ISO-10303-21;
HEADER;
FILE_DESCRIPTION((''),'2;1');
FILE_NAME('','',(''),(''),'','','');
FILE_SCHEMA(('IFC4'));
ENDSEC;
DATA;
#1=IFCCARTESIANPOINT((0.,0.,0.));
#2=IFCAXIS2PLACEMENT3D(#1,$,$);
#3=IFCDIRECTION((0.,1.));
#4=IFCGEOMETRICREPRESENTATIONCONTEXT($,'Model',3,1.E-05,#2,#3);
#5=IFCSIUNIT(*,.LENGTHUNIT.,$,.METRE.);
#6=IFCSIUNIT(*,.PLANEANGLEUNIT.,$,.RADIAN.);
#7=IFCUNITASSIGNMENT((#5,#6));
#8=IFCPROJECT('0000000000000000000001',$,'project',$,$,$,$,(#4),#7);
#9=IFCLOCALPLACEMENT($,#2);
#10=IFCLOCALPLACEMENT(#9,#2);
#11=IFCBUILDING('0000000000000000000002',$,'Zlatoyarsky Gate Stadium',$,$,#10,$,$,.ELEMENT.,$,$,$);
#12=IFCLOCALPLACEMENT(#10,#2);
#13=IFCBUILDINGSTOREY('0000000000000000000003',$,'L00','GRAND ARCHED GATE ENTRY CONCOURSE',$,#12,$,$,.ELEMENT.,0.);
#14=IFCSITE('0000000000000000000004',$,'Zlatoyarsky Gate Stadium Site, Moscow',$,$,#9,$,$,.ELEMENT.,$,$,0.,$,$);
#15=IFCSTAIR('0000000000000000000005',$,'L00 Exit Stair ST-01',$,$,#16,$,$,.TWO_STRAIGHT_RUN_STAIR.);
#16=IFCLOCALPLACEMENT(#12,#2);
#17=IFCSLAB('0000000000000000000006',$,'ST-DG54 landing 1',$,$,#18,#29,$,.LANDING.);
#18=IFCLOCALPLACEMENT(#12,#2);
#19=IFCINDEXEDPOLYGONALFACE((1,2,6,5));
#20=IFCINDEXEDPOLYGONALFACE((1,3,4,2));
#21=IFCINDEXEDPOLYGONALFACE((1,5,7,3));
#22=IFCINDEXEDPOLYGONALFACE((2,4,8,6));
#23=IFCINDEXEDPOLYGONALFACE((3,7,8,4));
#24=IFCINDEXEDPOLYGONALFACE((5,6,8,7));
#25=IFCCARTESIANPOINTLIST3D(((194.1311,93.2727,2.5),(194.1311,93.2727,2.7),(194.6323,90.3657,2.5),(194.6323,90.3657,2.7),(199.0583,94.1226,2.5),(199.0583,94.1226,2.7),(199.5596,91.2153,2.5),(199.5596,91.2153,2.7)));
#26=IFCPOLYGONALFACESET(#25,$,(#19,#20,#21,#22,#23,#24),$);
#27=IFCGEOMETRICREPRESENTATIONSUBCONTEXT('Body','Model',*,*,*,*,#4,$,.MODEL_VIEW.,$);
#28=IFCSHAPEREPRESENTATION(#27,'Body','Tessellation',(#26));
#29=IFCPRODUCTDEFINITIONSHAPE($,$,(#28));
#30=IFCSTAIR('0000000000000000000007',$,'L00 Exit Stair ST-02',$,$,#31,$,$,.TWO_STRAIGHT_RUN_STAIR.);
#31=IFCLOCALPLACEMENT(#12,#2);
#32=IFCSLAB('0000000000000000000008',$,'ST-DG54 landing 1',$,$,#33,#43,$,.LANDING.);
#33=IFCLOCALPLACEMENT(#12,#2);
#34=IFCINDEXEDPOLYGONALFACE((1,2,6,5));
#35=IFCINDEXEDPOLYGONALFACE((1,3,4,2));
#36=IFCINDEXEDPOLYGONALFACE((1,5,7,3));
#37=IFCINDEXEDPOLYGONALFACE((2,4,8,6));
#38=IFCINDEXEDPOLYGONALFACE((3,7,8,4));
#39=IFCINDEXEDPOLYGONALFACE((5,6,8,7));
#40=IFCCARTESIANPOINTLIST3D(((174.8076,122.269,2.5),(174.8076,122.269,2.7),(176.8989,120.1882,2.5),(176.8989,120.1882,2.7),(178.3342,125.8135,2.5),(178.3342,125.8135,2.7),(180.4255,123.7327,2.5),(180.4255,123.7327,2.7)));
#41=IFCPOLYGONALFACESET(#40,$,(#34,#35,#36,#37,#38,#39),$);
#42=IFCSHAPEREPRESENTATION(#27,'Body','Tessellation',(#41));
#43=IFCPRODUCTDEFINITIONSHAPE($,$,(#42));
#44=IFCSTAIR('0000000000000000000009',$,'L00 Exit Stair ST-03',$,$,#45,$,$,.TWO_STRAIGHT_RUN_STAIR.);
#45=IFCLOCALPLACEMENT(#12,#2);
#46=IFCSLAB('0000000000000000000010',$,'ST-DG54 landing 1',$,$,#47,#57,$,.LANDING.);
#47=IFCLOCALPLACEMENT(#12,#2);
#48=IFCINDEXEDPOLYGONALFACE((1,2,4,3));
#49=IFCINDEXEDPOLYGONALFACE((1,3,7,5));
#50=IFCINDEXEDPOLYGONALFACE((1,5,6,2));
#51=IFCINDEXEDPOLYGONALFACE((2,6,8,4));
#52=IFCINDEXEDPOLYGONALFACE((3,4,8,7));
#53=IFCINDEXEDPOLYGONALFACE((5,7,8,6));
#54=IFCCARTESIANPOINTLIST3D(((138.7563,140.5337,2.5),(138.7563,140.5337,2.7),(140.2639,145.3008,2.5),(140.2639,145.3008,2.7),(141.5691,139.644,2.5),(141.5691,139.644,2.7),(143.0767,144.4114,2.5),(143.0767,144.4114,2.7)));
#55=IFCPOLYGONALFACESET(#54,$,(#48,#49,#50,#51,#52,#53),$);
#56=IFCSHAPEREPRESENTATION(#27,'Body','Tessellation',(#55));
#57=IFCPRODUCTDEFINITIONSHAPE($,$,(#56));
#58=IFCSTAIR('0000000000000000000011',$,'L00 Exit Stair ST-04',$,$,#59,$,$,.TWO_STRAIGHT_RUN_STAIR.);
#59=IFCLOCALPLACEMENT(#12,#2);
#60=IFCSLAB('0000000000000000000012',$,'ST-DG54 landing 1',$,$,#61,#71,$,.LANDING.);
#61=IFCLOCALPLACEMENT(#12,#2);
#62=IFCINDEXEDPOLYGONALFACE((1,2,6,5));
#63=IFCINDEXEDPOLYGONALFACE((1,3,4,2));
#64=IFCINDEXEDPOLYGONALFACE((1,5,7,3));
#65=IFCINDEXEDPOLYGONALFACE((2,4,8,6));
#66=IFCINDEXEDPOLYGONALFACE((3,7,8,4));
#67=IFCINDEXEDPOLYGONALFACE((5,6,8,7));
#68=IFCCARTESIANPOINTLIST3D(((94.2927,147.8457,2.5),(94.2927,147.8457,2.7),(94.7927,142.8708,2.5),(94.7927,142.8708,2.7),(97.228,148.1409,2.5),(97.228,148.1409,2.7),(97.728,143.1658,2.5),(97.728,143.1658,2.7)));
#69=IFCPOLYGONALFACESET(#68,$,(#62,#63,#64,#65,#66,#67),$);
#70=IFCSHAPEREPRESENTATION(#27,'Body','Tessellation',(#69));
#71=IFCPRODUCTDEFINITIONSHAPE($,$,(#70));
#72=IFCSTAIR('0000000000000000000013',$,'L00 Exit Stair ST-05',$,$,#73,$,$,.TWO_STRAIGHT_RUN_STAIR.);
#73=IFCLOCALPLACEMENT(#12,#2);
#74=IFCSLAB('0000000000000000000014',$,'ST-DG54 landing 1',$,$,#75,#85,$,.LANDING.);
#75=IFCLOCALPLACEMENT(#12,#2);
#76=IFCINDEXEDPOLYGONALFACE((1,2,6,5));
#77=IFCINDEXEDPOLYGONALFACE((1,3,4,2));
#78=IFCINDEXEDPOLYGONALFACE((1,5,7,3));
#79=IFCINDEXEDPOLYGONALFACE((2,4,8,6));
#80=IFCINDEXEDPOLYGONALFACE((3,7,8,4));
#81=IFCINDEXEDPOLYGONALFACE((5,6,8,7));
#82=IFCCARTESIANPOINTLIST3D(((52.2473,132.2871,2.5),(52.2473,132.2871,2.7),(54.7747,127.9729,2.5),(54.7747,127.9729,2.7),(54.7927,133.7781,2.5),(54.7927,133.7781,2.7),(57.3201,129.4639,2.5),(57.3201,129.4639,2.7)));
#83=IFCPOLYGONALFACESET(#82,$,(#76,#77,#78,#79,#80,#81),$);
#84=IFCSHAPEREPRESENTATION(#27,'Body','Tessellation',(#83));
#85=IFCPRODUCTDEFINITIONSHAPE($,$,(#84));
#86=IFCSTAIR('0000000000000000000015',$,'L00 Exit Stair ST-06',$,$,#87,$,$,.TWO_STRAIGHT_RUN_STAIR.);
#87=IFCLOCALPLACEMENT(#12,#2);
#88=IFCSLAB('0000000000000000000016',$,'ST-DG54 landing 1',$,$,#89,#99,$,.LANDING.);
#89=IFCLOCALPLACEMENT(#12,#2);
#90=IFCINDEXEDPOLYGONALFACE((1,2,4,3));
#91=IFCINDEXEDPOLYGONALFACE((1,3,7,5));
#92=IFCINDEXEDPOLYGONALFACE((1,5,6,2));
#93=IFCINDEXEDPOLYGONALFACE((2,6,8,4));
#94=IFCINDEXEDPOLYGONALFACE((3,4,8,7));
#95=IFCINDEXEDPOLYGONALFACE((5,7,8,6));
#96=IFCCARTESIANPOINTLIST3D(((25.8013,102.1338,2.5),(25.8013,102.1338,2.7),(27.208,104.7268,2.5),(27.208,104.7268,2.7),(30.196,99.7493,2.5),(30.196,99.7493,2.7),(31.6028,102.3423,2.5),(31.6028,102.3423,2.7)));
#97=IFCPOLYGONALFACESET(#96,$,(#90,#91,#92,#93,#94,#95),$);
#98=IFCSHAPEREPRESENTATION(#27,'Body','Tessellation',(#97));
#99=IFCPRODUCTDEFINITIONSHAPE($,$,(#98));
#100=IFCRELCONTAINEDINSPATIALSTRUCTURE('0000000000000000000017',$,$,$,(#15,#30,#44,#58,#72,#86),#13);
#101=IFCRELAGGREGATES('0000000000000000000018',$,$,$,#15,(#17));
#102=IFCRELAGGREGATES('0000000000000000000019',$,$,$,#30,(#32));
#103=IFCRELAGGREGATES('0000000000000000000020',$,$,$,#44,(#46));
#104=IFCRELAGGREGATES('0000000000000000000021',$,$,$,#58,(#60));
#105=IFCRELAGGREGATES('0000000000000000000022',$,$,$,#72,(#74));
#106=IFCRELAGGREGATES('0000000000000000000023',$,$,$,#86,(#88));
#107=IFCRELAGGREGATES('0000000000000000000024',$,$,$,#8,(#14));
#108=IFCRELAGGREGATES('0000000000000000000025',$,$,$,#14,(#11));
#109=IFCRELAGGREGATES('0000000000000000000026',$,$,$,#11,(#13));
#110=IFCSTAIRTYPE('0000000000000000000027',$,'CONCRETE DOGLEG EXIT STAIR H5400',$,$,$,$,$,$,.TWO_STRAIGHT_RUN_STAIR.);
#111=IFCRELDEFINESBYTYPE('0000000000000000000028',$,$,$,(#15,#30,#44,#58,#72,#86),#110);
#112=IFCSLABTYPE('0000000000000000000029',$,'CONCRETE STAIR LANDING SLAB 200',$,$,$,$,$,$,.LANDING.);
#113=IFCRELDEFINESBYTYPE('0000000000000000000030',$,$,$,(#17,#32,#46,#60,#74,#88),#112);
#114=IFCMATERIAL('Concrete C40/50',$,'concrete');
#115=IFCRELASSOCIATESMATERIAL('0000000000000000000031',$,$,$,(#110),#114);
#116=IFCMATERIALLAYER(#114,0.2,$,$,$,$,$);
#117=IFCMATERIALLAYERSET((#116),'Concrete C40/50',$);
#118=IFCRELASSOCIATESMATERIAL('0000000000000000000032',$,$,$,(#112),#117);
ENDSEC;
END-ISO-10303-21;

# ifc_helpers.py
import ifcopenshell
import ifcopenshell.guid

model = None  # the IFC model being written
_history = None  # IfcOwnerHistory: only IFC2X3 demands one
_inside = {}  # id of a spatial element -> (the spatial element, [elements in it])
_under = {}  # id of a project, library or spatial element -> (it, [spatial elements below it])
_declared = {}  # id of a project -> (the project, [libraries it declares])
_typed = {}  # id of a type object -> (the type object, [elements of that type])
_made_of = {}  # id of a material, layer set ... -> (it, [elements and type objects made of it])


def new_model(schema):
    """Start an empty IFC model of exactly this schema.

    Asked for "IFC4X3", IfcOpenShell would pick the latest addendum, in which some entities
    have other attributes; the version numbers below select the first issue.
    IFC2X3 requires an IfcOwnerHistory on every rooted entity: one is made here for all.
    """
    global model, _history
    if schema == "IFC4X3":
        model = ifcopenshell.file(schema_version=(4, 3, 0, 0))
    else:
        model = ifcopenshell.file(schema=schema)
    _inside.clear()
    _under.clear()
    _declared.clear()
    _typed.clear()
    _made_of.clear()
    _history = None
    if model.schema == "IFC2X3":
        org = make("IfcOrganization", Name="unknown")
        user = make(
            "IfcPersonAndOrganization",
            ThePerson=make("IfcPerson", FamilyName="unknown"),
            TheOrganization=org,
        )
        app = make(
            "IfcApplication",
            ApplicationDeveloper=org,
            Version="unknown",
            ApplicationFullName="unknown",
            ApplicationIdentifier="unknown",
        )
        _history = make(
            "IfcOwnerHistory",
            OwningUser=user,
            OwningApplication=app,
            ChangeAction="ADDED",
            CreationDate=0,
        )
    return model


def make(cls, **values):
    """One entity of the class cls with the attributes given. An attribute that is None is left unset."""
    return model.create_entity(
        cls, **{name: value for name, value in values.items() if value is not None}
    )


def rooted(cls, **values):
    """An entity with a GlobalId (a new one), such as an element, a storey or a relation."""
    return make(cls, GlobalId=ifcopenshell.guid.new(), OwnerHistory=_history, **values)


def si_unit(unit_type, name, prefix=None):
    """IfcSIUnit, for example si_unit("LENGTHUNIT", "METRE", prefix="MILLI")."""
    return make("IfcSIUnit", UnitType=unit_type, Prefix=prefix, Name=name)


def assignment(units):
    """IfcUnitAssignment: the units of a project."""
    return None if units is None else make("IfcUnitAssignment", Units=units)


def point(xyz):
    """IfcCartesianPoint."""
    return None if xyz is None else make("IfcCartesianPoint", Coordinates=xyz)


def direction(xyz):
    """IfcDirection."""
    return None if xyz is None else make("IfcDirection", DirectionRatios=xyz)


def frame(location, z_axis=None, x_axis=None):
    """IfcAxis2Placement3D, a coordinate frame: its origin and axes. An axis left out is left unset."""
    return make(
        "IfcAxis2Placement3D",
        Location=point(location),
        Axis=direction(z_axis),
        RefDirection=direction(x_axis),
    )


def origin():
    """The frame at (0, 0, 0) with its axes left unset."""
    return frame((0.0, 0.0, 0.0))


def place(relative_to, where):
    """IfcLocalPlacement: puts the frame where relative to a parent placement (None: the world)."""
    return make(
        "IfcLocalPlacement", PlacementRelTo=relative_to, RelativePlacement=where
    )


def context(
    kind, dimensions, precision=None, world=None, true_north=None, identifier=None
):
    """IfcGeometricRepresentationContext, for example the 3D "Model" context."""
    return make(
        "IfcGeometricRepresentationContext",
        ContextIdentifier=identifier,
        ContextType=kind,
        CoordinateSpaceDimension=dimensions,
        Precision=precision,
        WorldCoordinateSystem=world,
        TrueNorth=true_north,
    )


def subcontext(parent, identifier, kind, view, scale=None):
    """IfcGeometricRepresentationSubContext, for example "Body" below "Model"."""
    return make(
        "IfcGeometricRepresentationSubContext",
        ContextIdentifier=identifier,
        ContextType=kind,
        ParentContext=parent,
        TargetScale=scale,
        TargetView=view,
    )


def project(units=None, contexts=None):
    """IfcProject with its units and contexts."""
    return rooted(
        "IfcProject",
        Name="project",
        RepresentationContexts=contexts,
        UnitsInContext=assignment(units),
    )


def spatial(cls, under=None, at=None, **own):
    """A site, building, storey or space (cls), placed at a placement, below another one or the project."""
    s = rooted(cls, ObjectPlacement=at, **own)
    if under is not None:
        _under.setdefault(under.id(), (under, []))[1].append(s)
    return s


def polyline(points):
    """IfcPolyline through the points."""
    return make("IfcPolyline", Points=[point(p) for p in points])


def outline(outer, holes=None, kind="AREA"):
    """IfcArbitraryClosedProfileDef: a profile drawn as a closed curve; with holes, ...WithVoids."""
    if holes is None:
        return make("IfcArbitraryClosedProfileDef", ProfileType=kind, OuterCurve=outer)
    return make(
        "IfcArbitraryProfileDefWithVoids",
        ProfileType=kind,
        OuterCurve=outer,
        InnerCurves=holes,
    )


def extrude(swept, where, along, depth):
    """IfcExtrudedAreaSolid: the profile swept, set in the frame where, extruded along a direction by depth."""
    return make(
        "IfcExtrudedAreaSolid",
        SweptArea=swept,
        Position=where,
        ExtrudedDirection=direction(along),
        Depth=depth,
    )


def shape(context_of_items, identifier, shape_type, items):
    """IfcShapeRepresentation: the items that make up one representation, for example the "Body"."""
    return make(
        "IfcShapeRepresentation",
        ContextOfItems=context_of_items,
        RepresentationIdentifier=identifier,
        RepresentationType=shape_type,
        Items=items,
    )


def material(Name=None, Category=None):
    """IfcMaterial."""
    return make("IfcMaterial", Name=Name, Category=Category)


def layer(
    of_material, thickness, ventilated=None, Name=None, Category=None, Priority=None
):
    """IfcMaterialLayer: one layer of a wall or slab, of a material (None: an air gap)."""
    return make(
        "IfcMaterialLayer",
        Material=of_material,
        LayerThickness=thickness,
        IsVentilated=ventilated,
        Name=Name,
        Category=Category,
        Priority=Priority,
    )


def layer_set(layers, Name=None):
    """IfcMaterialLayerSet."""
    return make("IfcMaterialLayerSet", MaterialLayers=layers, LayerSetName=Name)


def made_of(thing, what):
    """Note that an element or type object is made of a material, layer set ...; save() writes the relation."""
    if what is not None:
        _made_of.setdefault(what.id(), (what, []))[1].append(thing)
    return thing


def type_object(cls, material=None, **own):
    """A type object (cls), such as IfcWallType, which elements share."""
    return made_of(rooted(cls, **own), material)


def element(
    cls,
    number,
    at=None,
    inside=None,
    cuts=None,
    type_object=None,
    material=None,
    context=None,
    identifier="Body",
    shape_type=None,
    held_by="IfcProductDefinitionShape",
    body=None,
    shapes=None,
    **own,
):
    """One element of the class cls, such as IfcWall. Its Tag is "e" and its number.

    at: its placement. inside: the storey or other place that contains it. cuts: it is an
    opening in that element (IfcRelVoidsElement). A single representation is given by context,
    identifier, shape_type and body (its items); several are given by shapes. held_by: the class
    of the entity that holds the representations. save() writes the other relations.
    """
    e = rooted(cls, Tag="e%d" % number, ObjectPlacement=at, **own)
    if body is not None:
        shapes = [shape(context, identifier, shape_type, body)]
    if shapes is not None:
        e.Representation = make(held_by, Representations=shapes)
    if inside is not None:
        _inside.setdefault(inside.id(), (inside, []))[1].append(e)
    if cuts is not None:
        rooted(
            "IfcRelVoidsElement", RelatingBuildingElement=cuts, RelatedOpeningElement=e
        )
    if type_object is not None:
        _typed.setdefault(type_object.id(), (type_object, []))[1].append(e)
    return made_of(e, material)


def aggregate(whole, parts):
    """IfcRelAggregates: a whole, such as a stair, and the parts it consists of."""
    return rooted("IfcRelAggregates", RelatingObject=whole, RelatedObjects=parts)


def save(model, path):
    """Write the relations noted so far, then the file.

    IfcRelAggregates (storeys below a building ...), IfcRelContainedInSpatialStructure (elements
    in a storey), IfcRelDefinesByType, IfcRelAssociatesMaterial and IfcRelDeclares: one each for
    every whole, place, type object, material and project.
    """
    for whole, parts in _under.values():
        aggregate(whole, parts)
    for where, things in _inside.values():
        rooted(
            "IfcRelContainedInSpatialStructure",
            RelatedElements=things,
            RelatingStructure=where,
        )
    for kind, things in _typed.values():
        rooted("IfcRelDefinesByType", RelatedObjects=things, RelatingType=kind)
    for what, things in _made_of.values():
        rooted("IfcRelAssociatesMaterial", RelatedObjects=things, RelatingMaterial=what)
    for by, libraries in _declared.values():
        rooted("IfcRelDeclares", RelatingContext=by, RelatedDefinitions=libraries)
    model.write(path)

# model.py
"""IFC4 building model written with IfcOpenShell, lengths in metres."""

from ifc_helpers import new_model, si_unit, direction, frame, origin, place, context, subcontext, project, spatial, polyline, outline, extrude, material, layer, layer_set, type_object, element, aggregate, save


model = new_model("IFC4")

# Units and contexts
model_context = context("Model", 3, precision=1e-05, world=origin(), true_north=direction((0.0, 1.0)))
body_context = subcontext(model_context, "Body", "Model", "MODEL_VIEW")
ifc_project = project(units=[si_unit("LENGTHUNIT", "METRE"), si_unit("PLANEANGLEUNIT", "RADIAN")], contexts=[model_context])

# Site, building, storey
site_placement = place(None, origin())
site = spatial("IfcSite", under=ifc_project, at=site_placement, Name="Zlatoyarsky Gate Stadium Site, Moscow", CompositionType="ELEMENT", RefElevation=0.0)
building_placement = place(site_placement, origin())
building = spatial("IfcBuilding", under=site, at=building_placement, Name="Zlatoyarsky Gate Stadium", CompositionType="ELEMENT")
storey_placement = place(building_placement, origin())
storey = spatial("IfcBuildingStorey", under=building, at=storey_placement, Name="L00", Description="GRAND ARCHED GATE ENTRY CONCOURSE", CompositionType="ELEMENT", Elevation=0.0)

# Shared definitions
ifc_material_1 = material(Name="Concrete C40/50", Category="concrete")

# Stairs, slabs
stair_type = type_object("IfcStairType", Name="CONCRETE DOGLEG EXIT STAIR H5400", PredefinedType="TWO_STRAIGHT_RUN_STAIR", material=ifc_material_1)
stair_1_placement = place(storey_placement, origin())
stair_1 = element("IfcStair", 1, at=stair_1_placement, inside=storey, type_object=stair_type, Name="L00 Exit Stair ST-01", PredefinedType="TWO_STRAIGHT_RUN_STAIR")
ifc_layer_1 = layer(ifc_material_1, 0.2)
ifc_layer_set_1 = layer_set([ifc_layer_1], Name="Concrete C40/50")
slab_type_1 = type_object("IfcSlabType", Name="CONCRETE STAIR LANDING SLAB 200", PredefinedType="LANDING", material=ifc_layer_set_1)
slab_1_placement = place(storey_placement, frame((0.0, 0.0, 2.5)))
slab_1 = element("IfcSlab", 2, at=slab_1_placement, type_object=slab_type_1, Name="ST-DG54 landing 1", PredefinedType="LANDING", context=body_context, shape_type="SweptSolid", body=[
    extrude(outline(polyline([(199.5596, 91.2153), (199.0583, 94.1226), (194.1311, 93.2727), (194.6323, 90.3657), (199.5596, 91.2153)])), origin(), (0.0, 0.0, 1.0), 0.2),
])
aggregate(stair_1, [slab_1])
stair_2_placement = place(storey_placement, origin())
stair_2 = element("IfcStair", 3, at=stair_2_placement, inside=storey, type_object=stair_type, Name="L00 Exit Stair ST-02", PredefinedType="TWO_STRAIGHT_RUN_STAIR")
slab_2_placement = place(storey_placement, frame((0.0, 0.0, 2.5)))
slab_2 = element("IfcSlab", 4, at=slab_2_placement, type_object=slab_type_1, Name="ST-DG54 landing 1", PredefinedType="LANDING", context=body_context, shape_type="SweptSolid", body=[
    extrude(outline(polyline([(180.4255, 123.7327), (178.3342, 125.8135), (174.8076, 122.269), (176.8989, 120.1882), (180.4255, 123.7327)])), origin(), (0.0, 0.0, 1.0), 0.2),
])
aggregate(stair_2, [slab_2])
stair_3_placement = place(storey_placement, origin())
stair_3 = element("IfcStair", 5, at=stair_3_placement, inside=storey, type_object=stair_type, Name="L00 Exit Stair ST-03", PredefinedType="TWO_STRAIGHT_RUN_STAIR")
slab_3_placement = place(storey_placement, frame((0.0, 0.0, 2.5)))
slab_3 = element("IfcSlab", 6, at=slab_3_placement, type_object=slab_type_1, Name="ST-DG54 landing 1", PredefinedType="LANDING", context=body_context, shape_type="SweptSolid", body=[
    extrude(outline(polyline([(143.0767, 144.4114), (140.2639, 145.3008), (138.7563, 140.5337), (141.5691, 139.644), (143.0767, 144.4114)])), origin(), (0.0, 0.0, 1.0), 0.2),
])
aggregate(stair_3, [slab_3])
stair_4_placement = place(storey_placement, origin())
stair_4 = element("IfcStair", 7, at=stair_4_placement, inside=storey, type_object=stair_type, Name="L00 Exit Stair ST-04", PredefinedType="TWO_STRAIGHT_RUN_STAIR")
slab_4_placement = place(storey_placement, frame((0.0, 0.0, 2.5)))
slab_4 = element("IfcSlab", 8, at=slab_4_placement, type_object=slab_type_1, Name="ST-DG54 landing 1", PredefinedType="LANDING", context=body_context, shape_type="SweptSolid", body=[
    extrude(outline(polyline([(97.228, 148.1409), (94.2927, 147.8457), (94.7927, 142.8708), (97.728, 143.1658), (97.228, 148.1409)])), origin(), (0.0, 0.0, 1.0), 0.2),
])
aggregate(stair_4, [slab_4])
stair_5_placement = place(storey_placement, origin())
stair_5 = element("IfcStair", 9, at=stair_5_placement, inside=storey, type_object=stair_type, Name="L00 Exit Stair ST-05", PredefinedType="TWO_STRAIGHT_RUN_STAIR")
slab_5_placement = place(storey_placement, frame((0.0, 0.0, 2.5)))
slab_5 = element("IfcSlab", 10, at=slab_5_placement, type_object=slab_type_1, Name="ST-DG54 landing 1", PredefinedType="LANDING", context=body_context, shape_type="SweptSolid", body=[
    extrude(outline(polyline([(54.7927, 133.7781), (52.2473, 132.2871), (54.7747, 127.9729), (57.3201, 129.4639), (54.7927, 133.7781)])), origin(), (0.0, 0.0, 1.0), 0.2),
])
aggregate(stair_5, [slab_5])
stair_6_placement = place(storey_placement, origin())
stair_6 = element("IfcStair", 11, at=stair_6_placement, inside=storey, type_object=stair_type, Name="L00 Exit Stair ST-06", PredefinedType="TWO_STRAIGHT_RUN_STAIR")
slab_6_placement = place(storey_placement, frame((0.0, 0.0, 2.5)))
slab_6 = element("IfcSlab", 12, at=slab_6_placement, type_object=slab_type_1, Name="ST-DG54 landing 1", PredefinedType="LANDING", context=body_context, shape_type="SweptSolid", body=[
    extrude(outline(polyline([(27.208, 104.7268), (25.8013, 102.1338), (30.196, 99.7493), (31.6028, 102.3423), (27.208, 104.7268)])), origin(), (0.0, 0.0, 1.0), 0.2),
])
aggregate(stair_6, [slab_6])

save(model, "model.ifc")
